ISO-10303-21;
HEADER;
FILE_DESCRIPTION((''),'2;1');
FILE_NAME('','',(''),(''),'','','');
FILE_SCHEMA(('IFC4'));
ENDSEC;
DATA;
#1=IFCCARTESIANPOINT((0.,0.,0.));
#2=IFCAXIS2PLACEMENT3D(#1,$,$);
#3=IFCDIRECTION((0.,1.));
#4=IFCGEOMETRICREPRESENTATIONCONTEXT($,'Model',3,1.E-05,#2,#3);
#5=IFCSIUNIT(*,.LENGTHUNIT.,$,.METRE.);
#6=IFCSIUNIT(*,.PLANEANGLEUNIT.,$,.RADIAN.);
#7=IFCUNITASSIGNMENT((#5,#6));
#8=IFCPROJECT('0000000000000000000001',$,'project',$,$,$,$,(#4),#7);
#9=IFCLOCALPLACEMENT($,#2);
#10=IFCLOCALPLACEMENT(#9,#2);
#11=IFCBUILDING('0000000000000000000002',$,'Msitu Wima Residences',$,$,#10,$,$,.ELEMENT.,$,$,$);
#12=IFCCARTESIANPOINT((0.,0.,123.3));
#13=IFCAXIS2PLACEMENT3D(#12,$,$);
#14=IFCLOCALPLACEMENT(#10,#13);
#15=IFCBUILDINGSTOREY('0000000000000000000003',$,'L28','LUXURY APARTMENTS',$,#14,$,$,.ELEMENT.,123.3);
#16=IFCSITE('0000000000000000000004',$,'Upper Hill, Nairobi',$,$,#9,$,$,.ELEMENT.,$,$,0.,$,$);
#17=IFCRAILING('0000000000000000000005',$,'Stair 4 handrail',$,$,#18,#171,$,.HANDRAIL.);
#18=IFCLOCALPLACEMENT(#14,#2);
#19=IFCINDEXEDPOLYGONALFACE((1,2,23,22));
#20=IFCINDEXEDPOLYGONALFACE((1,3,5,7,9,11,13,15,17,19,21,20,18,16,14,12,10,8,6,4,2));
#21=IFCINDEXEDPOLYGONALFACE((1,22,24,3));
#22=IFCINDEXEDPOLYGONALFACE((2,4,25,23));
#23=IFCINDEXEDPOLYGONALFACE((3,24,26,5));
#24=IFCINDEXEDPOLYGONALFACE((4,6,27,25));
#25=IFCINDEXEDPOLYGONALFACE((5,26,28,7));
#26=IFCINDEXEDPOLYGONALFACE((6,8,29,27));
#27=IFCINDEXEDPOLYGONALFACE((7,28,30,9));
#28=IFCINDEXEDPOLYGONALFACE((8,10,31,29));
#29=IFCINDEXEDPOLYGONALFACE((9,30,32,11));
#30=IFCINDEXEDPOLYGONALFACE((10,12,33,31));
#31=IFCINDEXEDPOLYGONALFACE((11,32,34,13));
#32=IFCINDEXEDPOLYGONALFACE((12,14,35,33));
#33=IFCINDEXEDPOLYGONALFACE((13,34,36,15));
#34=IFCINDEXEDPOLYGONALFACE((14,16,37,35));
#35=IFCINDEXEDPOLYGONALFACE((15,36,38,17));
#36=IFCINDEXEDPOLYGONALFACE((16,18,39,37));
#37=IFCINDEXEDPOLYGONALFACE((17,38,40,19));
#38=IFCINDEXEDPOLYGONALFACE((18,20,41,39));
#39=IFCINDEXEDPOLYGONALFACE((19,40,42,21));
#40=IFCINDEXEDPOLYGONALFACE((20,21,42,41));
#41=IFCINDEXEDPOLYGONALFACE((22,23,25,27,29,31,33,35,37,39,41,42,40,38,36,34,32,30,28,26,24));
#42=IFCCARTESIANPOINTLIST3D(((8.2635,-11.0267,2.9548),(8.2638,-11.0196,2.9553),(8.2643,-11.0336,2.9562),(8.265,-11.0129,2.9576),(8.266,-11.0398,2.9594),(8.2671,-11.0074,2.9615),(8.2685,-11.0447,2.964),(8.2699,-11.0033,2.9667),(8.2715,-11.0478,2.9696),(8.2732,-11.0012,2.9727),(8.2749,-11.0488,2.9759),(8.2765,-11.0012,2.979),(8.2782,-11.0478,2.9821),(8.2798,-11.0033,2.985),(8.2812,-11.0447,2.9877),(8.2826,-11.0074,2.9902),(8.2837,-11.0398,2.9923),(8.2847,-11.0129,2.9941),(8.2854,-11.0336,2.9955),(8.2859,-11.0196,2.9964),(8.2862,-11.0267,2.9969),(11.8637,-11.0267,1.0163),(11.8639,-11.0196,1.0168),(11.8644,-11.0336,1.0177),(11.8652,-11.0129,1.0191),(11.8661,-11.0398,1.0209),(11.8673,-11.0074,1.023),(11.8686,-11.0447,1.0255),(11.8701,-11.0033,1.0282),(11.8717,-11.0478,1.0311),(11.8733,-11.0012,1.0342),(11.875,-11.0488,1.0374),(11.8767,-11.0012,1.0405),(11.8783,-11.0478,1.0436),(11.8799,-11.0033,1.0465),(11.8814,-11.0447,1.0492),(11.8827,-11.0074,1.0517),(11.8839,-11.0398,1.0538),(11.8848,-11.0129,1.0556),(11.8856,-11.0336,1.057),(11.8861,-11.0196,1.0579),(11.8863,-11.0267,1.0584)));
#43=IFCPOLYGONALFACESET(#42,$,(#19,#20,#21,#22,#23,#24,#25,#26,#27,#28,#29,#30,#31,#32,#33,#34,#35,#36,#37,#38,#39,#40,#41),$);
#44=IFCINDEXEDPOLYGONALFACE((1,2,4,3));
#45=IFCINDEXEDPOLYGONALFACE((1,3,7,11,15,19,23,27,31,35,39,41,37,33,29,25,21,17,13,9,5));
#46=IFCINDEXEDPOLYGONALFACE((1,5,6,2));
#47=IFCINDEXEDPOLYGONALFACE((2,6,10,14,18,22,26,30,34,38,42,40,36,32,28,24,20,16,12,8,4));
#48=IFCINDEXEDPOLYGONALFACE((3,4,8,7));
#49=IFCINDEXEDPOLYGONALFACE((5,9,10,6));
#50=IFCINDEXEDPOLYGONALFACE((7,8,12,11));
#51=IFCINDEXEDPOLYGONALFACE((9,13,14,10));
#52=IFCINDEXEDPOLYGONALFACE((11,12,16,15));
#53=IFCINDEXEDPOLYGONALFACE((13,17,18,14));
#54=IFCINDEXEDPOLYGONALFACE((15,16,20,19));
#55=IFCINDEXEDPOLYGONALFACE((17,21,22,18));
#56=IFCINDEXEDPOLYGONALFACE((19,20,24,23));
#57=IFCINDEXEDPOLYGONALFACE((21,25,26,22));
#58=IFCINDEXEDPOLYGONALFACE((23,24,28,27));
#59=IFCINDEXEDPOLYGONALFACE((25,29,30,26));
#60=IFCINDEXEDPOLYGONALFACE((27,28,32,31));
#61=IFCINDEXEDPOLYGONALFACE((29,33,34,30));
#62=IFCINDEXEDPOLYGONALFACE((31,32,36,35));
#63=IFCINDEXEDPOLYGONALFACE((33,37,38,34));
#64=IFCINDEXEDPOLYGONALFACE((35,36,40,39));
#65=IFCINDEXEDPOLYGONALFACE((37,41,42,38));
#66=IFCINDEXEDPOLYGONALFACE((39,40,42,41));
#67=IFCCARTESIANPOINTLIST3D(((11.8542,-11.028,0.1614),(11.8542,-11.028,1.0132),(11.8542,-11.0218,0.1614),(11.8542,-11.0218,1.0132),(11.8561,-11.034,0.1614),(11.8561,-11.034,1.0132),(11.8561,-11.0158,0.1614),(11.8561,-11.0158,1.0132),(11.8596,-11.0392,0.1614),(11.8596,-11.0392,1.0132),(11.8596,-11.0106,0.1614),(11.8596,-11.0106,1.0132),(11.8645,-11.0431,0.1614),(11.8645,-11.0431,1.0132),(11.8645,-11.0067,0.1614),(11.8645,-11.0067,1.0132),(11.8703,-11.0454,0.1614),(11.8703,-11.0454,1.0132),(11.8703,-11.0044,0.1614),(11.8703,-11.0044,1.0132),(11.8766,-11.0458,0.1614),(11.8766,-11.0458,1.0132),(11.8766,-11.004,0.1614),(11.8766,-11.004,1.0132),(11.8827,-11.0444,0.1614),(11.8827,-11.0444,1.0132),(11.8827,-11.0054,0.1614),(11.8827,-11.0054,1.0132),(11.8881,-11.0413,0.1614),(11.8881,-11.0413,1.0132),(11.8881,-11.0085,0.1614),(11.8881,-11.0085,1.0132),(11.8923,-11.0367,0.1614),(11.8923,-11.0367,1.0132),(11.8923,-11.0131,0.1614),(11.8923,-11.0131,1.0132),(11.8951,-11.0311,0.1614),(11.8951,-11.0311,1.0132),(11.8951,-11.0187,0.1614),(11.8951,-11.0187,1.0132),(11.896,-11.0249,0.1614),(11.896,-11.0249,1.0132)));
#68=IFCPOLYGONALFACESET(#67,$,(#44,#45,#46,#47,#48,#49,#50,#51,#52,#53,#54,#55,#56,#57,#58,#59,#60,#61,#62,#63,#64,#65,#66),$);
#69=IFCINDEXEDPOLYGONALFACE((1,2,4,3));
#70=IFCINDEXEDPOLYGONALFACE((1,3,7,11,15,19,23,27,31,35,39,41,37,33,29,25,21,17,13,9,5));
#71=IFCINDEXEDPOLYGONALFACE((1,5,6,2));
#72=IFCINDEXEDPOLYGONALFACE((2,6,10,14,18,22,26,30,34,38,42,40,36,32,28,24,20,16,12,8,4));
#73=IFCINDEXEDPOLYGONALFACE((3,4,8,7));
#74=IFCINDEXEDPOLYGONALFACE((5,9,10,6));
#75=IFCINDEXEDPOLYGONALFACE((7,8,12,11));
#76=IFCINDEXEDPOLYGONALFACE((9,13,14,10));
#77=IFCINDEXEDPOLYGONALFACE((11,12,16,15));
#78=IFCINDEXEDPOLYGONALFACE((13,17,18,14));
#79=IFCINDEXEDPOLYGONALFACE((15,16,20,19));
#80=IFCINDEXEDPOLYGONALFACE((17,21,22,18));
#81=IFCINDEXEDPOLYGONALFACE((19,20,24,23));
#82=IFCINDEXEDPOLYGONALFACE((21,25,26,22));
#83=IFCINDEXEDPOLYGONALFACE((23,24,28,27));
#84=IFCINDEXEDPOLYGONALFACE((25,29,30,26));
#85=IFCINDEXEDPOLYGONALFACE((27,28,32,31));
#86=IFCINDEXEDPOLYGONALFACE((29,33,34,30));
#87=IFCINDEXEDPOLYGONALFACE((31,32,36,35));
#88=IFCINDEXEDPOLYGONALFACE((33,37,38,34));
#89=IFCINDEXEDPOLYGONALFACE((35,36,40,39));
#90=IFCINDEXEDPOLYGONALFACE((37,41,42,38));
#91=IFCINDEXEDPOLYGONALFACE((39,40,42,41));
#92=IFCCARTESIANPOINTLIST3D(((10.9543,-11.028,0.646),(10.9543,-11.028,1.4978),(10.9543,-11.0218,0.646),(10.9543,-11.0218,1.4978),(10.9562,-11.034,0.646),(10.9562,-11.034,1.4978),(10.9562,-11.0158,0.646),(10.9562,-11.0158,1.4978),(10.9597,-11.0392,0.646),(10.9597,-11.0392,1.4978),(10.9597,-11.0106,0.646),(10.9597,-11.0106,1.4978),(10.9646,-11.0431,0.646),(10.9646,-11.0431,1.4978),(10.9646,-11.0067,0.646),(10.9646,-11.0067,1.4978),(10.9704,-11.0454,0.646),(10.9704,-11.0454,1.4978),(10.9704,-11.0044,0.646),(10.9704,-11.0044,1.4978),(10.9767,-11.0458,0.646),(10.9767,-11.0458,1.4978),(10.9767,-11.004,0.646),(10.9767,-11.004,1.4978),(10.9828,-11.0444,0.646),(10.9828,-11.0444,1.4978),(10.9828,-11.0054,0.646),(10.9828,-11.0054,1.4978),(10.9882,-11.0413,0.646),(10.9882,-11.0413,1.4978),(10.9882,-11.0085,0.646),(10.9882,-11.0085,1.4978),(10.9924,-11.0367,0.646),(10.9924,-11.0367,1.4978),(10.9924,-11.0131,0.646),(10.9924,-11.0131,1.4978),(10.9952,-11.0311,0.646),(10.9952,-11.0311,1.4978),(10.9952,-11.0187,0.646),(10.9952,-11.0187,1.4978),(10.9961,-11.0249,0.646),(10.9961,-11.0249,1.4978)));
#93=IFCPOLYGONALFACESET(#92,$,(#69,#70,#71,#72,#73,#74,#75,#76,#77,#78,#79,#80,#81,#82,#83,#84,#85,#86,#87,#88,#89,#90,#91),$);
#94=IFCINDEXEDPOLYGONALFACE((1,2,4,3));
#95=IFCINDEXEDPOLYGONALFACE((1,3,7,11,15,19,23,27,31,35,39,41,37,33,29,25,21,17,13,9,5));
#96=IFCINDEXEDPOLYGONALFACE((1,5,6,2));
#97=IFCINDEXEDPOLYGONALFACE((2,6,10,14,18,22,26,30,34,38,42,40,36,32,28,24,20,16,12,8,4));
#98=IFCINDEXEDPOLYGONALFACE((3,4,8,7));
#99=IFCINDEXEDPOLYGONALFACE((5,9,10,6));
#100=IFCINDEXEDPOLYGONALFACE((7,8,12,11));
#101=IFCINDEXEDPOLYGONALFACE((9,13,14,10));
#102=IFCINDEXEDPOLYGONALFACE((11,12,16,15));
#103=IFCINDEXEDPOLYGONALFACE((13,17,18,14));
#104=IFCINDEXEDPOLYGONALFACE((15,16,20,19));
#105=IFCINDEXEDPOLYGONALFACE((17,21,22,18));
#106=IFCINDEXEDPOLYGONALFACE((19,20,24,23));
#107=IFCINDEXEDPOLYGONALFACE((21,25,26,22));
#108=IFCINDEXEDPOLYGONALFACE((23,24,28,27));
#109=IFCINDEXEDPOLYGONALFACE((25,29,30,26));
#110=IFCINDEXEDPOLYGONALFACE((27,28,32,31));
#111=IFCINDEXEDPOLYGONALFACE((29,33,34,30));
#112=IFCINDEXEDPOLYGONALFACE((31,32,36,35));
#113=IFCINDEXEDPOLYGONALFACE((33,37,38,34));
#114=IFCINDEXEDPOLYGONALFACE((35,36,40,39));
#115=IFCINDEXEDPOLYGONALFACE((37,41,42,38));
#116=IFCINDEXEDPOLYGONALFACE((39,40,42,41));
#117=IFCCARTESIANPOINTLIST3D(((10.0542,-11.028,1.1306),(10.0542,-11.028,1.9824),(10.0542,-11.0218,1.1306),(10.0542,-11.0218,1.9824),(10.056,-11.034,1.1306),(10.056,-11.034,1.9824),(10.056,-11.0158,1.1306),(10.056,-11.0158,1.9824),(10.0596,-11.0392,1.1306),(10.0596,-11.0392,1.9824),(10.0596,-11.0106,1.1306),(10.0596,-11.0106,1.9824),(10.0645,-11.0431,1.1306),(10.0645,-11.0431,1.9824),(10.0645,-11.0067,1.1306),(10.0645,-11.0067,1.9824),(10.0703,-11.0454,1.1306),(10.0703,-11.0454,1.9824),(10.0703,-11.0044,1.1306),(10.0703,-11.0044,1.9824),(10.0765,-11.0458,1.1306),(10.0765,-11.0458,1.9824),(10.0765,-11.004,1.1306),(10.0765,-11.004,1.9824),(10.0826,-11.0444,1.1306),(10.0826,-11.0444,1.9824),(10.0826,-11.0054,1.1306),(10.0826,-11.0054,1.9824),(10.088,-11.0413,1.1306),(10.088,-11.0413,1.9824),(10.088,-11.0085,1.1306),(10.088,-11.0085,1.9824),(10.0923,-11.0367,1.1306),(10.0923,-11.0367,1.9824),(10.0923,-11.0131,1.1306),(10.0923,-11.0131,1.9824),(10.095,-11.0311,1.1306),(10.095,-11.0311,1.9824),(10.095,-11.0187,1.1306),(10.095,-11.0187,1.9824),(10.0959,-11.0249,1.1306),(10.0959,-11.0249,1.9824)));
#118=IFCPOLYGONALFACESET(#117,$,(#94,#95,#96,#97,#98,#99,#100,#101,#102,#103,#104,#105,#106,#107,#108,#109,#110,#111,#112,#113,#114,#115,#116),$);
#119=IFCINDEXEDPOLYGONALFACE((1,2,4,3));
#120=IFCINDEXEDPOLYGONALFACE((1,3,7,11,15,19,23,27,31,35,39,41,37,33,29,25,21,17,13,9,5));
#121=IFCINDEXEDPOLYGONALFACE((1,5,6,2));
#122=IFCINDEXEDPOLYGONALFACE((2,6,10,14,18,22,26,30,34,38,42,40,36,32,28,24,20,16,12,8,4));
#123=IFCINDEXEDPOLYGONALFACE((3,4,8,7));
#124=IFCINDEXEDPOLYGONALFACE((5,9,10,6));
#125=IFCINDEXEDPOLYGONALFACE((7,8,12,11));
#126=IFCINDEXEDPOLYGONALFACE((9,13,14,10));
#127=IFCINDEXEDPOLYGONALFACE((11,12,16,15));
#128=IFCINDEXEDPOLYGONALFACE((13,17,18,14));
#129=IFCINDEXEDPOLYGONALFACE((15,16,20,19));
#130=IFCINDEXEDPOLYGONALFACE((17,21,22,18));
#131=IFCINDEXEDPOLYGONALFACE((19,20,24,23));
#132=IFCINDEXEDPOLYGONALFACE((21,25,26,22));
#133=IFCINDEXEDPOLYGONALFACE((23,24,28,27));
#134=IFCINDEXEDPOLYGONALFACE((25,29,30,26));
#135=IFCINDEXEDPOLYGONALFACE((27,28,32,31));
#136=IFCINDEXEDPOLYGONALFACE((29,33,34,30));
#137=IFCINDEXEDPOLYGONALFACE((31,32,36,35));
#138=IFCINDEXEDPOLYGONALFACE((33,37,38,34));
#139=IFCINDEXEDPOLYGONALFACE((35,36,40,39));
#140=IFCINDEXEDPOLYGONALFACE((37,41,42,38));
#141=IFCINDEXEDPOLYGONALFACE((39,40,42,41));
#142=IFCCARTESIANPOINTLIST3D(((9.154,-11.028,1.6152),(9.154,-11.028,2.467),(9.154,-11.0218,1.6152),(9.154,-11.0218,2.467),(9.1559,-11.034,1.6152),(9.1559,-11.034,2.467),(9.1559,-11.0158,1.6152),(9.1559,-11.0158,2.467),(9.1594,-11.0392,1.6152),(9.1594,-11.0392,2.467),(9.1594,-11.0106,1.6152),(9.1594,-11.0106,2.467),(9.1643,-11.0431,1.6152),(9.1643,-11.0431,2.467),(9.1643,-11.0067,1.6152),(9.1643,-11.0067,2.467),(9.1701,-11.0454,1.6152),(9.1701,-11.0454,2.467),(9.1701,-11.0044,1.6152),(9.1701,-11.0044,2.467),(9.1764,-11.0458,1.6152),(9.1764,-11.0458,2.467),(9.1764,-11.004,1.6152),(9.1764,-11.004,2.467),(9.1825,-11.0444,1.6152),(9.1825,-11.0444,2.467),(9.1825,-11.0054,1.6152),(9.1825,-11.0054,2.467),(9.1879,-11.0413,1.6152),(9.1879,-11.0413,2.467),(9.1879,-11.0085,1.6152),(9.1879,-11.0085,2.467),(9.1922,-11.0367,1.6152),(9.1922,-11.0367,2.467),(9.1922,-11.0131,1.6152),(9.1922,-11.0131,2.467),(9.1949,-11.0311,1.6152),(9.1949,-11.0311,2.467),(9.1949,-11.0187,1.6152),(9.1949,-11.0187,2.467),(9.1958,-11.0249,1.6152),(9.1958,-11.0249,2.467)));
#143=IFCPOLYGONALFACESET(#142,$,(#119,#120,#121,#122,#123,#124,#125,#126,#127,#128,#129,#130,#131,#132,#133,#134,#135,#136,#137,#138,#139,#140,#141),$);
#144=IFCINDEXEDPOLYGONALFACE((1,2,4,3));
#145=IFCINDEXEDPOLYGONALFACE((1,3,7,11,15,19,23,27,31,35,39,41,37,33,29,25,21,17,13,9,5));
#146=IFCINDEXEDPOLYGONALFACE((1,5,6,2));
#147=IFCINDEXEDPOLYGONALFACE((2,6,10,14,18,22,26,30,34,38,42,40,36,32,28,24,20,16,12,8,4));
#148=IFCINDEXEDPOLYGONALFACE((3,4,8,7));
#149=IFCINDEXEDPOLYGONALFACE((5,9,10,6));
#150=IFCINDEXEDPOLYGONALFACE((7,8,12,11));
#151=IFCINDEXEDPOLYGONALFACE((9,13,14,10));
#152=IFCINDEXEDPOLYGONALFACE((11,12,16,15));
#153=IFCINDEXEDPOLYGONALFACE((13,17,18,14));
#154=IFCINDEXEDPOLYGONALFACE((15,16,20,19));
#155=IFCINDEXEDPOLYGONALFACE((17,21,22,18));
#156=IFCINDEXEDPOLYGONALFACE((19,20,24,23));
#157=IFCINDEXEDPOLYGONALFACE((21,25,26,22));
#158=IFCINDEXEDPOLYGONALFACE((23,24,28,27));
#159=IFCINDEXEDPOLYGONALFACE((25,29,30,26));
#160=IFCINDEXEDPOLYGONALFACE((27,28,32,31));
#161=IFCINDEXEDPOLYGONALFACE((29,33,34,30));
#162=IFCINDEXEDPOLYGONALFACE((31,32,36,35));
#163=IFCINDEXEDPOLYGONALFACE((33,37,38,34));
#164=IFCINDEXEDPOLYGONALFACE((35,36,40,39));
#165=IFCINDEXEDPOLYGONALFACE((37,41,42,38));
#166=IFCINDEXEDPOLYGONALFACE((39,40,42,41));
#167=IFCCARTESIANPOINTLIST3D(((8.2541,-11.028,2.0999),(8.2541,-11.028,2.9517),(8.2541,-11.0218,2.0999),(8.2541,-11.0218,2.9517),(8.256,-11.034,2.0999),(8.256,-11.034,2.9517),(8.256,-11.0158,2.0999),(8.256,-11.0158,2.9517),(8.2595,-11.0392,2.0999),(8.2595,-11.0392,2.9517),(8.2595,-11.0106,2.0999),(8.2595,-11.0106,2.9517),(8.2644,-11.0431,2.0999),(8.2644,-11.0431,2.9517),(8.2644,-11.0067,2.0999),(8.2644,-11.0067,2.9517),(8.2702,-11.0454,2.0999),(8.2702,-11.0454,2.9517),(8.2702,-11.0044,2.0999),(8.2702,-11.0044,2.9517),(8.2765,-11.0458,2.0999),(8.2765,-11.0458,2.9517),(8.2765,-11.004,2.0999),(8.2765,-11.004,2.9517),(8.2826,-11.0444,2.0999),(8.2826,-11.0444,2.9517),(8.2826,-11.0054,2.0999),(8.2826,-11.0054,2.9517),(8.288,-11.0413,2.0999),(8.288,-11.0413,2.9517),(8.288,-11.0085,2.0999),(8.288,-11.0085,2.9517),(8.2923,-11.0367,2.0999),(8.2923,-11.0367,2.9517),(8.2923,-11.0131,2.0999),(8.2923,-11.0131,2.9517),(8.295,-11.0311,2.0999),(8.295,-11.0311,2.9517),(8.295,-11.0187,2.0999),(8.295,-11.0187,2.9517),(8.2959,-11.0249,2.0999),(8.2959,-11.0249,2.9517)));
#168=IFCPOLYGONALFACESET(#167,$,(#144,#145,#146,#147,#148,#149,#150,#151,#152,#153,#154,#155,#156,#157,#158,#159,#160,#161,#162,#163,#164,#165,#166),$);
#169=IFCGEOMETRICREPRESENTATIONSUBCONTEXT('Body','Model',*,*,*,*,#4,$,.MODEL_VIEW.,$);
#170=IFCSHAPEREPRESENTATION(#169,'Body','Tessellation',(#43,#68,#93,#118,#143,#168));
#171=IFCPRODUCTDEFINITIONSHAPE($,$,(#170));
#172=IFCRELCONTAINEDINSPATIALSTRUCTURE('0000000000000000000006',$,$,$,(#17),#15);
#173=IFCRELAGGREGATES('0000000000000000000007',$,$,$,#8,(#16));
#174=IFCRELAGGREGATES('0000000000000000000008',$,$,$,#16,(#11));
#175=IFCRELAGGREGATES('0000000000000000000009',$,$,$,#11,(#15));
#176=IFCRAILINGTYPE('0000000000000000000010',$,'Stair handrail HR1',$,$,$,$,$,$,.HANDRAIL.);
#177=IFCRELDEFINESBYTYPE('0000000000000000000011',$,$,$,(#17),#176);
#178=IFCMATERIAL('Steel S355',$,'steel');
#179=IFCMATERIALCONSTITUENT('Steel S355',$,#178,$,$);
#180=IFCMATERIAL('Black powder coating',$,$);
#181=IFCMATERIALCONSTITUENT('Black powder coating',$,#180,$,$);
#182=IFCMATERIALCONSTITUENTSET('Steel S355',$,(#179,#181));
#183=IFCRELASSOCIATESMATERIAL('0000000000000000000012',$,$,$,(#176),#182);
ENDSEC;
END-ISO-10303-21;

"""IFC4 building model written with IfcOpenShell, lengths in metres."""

from ifc_helpers import new_model, si_unit, direction, frame, origin, origin_2d, place, context, subcontext, project, spatial, circle, extrude, material, constituent, constituent_set, type_object, element, save


model = new_model("IFC4")

# Units and contexts
model_context = context("Model", 3, precision=1e-05, world=origin(), true_north=direction((0.0, 1.0)))
body_context = subcontext(model_context, "Body", "Model", "MODEL_VIEW")
ifc_project = project(units=[si_unit("LENGTHUNIT", "METRE"), si_unit("PLANEANGLEUNIT", "RADIAN")], contexts=[model_context])

# Site, building, storey
site_placement = place(None, origin())
site = spatial("IfcSite", under=ifc_project, at=site_placement, Name="Upper Hill, Nairobi", CompositionType="ELEMENT", RefElevation=0.0)
building_placement = place(site_placement, origin())
building = spatial("IfcBuilding", under=site, at=building_placement, Name="Msitu Wima Residences", CompositionType="ELEMENT")
storey_placement = place(building_placement, frame((0.0, 0.0, 123.3)))
storey = spatial("IfcBuildingStorey", under=building, at=storey_placement, Name="L28", Description="LUXURY APARTMENTS", CompositionType="ELEMENT", Elevation=123.3)

# Railing
ifc_material_1 = material(Name="Steel S355", Category="steel")
ifc_constituent_1 = constituent(ifc_material_1, Name="Steel S355")
ifc_material_2 = material(Name="Black powder coating")
ifc_constituent_2 = constituent(ifc_material_2, Name="Black powder coating")
ifc_constituent_set = constituent_set(constituents=[ifc_constituent_1, ifc_constituent_2], Name="Steel S355")
railing_type = type_object("IfcRailingType", Name="Stair handrail HR1", PredefinedType="HANDRAIL", material=ifc_constituent_set)
for number, where, name in (
    (1, (11.875, -11.0249, 0.1614), "Stair 4 handrail"),
):
    element("IfcRailing", number, at=place(storey_placement, frame(where)), inside=storey, type_object=railing_type, Name=name, PredefinedType="HANDRAIL", context=body_context, shape_type="SweptSolid", body=[
        extrude(circle(Radius=0.0239, at=origin_2d()), frame((0.0, 0.0, 0.876), z_axis=(-0.880475, 0.0, 0.474093), x_axis=(0.0, -1.0, 0.0)), (0.0, 0.0, 1.0), 4.0889),
        extrude(circle(Radius=0.021, at=origin_2d()), origin(), (0.0, 0.0, 1.0), 0.8518),
        extrude(circle(Radius=0.021, at=origin_2d()), frame((-0.8999, 0.0, 0.4846)), (0.0, 0.0, 1.0), 0.8518),
        extrude(circle(Radius=0.021, at=origin_2d()), frame((-1.8, 0.0, 0.9692)), (0.0, 0.0, 1.0), 0.8518),
        extrude(circle(Radius=0.021, at=origin_2d()), frame((-2.7002, 0.0, 1.4539)), (0.0, 0.0, 1.0), 0.8518),
        extrude(circle(Radius=0.021, at=origin_2d()), frame((-3.6001, 0.0, 1.9385)), (0.0, 0.0, 1.0), 0.8518),
    ])

save(model, "model.ifc")
